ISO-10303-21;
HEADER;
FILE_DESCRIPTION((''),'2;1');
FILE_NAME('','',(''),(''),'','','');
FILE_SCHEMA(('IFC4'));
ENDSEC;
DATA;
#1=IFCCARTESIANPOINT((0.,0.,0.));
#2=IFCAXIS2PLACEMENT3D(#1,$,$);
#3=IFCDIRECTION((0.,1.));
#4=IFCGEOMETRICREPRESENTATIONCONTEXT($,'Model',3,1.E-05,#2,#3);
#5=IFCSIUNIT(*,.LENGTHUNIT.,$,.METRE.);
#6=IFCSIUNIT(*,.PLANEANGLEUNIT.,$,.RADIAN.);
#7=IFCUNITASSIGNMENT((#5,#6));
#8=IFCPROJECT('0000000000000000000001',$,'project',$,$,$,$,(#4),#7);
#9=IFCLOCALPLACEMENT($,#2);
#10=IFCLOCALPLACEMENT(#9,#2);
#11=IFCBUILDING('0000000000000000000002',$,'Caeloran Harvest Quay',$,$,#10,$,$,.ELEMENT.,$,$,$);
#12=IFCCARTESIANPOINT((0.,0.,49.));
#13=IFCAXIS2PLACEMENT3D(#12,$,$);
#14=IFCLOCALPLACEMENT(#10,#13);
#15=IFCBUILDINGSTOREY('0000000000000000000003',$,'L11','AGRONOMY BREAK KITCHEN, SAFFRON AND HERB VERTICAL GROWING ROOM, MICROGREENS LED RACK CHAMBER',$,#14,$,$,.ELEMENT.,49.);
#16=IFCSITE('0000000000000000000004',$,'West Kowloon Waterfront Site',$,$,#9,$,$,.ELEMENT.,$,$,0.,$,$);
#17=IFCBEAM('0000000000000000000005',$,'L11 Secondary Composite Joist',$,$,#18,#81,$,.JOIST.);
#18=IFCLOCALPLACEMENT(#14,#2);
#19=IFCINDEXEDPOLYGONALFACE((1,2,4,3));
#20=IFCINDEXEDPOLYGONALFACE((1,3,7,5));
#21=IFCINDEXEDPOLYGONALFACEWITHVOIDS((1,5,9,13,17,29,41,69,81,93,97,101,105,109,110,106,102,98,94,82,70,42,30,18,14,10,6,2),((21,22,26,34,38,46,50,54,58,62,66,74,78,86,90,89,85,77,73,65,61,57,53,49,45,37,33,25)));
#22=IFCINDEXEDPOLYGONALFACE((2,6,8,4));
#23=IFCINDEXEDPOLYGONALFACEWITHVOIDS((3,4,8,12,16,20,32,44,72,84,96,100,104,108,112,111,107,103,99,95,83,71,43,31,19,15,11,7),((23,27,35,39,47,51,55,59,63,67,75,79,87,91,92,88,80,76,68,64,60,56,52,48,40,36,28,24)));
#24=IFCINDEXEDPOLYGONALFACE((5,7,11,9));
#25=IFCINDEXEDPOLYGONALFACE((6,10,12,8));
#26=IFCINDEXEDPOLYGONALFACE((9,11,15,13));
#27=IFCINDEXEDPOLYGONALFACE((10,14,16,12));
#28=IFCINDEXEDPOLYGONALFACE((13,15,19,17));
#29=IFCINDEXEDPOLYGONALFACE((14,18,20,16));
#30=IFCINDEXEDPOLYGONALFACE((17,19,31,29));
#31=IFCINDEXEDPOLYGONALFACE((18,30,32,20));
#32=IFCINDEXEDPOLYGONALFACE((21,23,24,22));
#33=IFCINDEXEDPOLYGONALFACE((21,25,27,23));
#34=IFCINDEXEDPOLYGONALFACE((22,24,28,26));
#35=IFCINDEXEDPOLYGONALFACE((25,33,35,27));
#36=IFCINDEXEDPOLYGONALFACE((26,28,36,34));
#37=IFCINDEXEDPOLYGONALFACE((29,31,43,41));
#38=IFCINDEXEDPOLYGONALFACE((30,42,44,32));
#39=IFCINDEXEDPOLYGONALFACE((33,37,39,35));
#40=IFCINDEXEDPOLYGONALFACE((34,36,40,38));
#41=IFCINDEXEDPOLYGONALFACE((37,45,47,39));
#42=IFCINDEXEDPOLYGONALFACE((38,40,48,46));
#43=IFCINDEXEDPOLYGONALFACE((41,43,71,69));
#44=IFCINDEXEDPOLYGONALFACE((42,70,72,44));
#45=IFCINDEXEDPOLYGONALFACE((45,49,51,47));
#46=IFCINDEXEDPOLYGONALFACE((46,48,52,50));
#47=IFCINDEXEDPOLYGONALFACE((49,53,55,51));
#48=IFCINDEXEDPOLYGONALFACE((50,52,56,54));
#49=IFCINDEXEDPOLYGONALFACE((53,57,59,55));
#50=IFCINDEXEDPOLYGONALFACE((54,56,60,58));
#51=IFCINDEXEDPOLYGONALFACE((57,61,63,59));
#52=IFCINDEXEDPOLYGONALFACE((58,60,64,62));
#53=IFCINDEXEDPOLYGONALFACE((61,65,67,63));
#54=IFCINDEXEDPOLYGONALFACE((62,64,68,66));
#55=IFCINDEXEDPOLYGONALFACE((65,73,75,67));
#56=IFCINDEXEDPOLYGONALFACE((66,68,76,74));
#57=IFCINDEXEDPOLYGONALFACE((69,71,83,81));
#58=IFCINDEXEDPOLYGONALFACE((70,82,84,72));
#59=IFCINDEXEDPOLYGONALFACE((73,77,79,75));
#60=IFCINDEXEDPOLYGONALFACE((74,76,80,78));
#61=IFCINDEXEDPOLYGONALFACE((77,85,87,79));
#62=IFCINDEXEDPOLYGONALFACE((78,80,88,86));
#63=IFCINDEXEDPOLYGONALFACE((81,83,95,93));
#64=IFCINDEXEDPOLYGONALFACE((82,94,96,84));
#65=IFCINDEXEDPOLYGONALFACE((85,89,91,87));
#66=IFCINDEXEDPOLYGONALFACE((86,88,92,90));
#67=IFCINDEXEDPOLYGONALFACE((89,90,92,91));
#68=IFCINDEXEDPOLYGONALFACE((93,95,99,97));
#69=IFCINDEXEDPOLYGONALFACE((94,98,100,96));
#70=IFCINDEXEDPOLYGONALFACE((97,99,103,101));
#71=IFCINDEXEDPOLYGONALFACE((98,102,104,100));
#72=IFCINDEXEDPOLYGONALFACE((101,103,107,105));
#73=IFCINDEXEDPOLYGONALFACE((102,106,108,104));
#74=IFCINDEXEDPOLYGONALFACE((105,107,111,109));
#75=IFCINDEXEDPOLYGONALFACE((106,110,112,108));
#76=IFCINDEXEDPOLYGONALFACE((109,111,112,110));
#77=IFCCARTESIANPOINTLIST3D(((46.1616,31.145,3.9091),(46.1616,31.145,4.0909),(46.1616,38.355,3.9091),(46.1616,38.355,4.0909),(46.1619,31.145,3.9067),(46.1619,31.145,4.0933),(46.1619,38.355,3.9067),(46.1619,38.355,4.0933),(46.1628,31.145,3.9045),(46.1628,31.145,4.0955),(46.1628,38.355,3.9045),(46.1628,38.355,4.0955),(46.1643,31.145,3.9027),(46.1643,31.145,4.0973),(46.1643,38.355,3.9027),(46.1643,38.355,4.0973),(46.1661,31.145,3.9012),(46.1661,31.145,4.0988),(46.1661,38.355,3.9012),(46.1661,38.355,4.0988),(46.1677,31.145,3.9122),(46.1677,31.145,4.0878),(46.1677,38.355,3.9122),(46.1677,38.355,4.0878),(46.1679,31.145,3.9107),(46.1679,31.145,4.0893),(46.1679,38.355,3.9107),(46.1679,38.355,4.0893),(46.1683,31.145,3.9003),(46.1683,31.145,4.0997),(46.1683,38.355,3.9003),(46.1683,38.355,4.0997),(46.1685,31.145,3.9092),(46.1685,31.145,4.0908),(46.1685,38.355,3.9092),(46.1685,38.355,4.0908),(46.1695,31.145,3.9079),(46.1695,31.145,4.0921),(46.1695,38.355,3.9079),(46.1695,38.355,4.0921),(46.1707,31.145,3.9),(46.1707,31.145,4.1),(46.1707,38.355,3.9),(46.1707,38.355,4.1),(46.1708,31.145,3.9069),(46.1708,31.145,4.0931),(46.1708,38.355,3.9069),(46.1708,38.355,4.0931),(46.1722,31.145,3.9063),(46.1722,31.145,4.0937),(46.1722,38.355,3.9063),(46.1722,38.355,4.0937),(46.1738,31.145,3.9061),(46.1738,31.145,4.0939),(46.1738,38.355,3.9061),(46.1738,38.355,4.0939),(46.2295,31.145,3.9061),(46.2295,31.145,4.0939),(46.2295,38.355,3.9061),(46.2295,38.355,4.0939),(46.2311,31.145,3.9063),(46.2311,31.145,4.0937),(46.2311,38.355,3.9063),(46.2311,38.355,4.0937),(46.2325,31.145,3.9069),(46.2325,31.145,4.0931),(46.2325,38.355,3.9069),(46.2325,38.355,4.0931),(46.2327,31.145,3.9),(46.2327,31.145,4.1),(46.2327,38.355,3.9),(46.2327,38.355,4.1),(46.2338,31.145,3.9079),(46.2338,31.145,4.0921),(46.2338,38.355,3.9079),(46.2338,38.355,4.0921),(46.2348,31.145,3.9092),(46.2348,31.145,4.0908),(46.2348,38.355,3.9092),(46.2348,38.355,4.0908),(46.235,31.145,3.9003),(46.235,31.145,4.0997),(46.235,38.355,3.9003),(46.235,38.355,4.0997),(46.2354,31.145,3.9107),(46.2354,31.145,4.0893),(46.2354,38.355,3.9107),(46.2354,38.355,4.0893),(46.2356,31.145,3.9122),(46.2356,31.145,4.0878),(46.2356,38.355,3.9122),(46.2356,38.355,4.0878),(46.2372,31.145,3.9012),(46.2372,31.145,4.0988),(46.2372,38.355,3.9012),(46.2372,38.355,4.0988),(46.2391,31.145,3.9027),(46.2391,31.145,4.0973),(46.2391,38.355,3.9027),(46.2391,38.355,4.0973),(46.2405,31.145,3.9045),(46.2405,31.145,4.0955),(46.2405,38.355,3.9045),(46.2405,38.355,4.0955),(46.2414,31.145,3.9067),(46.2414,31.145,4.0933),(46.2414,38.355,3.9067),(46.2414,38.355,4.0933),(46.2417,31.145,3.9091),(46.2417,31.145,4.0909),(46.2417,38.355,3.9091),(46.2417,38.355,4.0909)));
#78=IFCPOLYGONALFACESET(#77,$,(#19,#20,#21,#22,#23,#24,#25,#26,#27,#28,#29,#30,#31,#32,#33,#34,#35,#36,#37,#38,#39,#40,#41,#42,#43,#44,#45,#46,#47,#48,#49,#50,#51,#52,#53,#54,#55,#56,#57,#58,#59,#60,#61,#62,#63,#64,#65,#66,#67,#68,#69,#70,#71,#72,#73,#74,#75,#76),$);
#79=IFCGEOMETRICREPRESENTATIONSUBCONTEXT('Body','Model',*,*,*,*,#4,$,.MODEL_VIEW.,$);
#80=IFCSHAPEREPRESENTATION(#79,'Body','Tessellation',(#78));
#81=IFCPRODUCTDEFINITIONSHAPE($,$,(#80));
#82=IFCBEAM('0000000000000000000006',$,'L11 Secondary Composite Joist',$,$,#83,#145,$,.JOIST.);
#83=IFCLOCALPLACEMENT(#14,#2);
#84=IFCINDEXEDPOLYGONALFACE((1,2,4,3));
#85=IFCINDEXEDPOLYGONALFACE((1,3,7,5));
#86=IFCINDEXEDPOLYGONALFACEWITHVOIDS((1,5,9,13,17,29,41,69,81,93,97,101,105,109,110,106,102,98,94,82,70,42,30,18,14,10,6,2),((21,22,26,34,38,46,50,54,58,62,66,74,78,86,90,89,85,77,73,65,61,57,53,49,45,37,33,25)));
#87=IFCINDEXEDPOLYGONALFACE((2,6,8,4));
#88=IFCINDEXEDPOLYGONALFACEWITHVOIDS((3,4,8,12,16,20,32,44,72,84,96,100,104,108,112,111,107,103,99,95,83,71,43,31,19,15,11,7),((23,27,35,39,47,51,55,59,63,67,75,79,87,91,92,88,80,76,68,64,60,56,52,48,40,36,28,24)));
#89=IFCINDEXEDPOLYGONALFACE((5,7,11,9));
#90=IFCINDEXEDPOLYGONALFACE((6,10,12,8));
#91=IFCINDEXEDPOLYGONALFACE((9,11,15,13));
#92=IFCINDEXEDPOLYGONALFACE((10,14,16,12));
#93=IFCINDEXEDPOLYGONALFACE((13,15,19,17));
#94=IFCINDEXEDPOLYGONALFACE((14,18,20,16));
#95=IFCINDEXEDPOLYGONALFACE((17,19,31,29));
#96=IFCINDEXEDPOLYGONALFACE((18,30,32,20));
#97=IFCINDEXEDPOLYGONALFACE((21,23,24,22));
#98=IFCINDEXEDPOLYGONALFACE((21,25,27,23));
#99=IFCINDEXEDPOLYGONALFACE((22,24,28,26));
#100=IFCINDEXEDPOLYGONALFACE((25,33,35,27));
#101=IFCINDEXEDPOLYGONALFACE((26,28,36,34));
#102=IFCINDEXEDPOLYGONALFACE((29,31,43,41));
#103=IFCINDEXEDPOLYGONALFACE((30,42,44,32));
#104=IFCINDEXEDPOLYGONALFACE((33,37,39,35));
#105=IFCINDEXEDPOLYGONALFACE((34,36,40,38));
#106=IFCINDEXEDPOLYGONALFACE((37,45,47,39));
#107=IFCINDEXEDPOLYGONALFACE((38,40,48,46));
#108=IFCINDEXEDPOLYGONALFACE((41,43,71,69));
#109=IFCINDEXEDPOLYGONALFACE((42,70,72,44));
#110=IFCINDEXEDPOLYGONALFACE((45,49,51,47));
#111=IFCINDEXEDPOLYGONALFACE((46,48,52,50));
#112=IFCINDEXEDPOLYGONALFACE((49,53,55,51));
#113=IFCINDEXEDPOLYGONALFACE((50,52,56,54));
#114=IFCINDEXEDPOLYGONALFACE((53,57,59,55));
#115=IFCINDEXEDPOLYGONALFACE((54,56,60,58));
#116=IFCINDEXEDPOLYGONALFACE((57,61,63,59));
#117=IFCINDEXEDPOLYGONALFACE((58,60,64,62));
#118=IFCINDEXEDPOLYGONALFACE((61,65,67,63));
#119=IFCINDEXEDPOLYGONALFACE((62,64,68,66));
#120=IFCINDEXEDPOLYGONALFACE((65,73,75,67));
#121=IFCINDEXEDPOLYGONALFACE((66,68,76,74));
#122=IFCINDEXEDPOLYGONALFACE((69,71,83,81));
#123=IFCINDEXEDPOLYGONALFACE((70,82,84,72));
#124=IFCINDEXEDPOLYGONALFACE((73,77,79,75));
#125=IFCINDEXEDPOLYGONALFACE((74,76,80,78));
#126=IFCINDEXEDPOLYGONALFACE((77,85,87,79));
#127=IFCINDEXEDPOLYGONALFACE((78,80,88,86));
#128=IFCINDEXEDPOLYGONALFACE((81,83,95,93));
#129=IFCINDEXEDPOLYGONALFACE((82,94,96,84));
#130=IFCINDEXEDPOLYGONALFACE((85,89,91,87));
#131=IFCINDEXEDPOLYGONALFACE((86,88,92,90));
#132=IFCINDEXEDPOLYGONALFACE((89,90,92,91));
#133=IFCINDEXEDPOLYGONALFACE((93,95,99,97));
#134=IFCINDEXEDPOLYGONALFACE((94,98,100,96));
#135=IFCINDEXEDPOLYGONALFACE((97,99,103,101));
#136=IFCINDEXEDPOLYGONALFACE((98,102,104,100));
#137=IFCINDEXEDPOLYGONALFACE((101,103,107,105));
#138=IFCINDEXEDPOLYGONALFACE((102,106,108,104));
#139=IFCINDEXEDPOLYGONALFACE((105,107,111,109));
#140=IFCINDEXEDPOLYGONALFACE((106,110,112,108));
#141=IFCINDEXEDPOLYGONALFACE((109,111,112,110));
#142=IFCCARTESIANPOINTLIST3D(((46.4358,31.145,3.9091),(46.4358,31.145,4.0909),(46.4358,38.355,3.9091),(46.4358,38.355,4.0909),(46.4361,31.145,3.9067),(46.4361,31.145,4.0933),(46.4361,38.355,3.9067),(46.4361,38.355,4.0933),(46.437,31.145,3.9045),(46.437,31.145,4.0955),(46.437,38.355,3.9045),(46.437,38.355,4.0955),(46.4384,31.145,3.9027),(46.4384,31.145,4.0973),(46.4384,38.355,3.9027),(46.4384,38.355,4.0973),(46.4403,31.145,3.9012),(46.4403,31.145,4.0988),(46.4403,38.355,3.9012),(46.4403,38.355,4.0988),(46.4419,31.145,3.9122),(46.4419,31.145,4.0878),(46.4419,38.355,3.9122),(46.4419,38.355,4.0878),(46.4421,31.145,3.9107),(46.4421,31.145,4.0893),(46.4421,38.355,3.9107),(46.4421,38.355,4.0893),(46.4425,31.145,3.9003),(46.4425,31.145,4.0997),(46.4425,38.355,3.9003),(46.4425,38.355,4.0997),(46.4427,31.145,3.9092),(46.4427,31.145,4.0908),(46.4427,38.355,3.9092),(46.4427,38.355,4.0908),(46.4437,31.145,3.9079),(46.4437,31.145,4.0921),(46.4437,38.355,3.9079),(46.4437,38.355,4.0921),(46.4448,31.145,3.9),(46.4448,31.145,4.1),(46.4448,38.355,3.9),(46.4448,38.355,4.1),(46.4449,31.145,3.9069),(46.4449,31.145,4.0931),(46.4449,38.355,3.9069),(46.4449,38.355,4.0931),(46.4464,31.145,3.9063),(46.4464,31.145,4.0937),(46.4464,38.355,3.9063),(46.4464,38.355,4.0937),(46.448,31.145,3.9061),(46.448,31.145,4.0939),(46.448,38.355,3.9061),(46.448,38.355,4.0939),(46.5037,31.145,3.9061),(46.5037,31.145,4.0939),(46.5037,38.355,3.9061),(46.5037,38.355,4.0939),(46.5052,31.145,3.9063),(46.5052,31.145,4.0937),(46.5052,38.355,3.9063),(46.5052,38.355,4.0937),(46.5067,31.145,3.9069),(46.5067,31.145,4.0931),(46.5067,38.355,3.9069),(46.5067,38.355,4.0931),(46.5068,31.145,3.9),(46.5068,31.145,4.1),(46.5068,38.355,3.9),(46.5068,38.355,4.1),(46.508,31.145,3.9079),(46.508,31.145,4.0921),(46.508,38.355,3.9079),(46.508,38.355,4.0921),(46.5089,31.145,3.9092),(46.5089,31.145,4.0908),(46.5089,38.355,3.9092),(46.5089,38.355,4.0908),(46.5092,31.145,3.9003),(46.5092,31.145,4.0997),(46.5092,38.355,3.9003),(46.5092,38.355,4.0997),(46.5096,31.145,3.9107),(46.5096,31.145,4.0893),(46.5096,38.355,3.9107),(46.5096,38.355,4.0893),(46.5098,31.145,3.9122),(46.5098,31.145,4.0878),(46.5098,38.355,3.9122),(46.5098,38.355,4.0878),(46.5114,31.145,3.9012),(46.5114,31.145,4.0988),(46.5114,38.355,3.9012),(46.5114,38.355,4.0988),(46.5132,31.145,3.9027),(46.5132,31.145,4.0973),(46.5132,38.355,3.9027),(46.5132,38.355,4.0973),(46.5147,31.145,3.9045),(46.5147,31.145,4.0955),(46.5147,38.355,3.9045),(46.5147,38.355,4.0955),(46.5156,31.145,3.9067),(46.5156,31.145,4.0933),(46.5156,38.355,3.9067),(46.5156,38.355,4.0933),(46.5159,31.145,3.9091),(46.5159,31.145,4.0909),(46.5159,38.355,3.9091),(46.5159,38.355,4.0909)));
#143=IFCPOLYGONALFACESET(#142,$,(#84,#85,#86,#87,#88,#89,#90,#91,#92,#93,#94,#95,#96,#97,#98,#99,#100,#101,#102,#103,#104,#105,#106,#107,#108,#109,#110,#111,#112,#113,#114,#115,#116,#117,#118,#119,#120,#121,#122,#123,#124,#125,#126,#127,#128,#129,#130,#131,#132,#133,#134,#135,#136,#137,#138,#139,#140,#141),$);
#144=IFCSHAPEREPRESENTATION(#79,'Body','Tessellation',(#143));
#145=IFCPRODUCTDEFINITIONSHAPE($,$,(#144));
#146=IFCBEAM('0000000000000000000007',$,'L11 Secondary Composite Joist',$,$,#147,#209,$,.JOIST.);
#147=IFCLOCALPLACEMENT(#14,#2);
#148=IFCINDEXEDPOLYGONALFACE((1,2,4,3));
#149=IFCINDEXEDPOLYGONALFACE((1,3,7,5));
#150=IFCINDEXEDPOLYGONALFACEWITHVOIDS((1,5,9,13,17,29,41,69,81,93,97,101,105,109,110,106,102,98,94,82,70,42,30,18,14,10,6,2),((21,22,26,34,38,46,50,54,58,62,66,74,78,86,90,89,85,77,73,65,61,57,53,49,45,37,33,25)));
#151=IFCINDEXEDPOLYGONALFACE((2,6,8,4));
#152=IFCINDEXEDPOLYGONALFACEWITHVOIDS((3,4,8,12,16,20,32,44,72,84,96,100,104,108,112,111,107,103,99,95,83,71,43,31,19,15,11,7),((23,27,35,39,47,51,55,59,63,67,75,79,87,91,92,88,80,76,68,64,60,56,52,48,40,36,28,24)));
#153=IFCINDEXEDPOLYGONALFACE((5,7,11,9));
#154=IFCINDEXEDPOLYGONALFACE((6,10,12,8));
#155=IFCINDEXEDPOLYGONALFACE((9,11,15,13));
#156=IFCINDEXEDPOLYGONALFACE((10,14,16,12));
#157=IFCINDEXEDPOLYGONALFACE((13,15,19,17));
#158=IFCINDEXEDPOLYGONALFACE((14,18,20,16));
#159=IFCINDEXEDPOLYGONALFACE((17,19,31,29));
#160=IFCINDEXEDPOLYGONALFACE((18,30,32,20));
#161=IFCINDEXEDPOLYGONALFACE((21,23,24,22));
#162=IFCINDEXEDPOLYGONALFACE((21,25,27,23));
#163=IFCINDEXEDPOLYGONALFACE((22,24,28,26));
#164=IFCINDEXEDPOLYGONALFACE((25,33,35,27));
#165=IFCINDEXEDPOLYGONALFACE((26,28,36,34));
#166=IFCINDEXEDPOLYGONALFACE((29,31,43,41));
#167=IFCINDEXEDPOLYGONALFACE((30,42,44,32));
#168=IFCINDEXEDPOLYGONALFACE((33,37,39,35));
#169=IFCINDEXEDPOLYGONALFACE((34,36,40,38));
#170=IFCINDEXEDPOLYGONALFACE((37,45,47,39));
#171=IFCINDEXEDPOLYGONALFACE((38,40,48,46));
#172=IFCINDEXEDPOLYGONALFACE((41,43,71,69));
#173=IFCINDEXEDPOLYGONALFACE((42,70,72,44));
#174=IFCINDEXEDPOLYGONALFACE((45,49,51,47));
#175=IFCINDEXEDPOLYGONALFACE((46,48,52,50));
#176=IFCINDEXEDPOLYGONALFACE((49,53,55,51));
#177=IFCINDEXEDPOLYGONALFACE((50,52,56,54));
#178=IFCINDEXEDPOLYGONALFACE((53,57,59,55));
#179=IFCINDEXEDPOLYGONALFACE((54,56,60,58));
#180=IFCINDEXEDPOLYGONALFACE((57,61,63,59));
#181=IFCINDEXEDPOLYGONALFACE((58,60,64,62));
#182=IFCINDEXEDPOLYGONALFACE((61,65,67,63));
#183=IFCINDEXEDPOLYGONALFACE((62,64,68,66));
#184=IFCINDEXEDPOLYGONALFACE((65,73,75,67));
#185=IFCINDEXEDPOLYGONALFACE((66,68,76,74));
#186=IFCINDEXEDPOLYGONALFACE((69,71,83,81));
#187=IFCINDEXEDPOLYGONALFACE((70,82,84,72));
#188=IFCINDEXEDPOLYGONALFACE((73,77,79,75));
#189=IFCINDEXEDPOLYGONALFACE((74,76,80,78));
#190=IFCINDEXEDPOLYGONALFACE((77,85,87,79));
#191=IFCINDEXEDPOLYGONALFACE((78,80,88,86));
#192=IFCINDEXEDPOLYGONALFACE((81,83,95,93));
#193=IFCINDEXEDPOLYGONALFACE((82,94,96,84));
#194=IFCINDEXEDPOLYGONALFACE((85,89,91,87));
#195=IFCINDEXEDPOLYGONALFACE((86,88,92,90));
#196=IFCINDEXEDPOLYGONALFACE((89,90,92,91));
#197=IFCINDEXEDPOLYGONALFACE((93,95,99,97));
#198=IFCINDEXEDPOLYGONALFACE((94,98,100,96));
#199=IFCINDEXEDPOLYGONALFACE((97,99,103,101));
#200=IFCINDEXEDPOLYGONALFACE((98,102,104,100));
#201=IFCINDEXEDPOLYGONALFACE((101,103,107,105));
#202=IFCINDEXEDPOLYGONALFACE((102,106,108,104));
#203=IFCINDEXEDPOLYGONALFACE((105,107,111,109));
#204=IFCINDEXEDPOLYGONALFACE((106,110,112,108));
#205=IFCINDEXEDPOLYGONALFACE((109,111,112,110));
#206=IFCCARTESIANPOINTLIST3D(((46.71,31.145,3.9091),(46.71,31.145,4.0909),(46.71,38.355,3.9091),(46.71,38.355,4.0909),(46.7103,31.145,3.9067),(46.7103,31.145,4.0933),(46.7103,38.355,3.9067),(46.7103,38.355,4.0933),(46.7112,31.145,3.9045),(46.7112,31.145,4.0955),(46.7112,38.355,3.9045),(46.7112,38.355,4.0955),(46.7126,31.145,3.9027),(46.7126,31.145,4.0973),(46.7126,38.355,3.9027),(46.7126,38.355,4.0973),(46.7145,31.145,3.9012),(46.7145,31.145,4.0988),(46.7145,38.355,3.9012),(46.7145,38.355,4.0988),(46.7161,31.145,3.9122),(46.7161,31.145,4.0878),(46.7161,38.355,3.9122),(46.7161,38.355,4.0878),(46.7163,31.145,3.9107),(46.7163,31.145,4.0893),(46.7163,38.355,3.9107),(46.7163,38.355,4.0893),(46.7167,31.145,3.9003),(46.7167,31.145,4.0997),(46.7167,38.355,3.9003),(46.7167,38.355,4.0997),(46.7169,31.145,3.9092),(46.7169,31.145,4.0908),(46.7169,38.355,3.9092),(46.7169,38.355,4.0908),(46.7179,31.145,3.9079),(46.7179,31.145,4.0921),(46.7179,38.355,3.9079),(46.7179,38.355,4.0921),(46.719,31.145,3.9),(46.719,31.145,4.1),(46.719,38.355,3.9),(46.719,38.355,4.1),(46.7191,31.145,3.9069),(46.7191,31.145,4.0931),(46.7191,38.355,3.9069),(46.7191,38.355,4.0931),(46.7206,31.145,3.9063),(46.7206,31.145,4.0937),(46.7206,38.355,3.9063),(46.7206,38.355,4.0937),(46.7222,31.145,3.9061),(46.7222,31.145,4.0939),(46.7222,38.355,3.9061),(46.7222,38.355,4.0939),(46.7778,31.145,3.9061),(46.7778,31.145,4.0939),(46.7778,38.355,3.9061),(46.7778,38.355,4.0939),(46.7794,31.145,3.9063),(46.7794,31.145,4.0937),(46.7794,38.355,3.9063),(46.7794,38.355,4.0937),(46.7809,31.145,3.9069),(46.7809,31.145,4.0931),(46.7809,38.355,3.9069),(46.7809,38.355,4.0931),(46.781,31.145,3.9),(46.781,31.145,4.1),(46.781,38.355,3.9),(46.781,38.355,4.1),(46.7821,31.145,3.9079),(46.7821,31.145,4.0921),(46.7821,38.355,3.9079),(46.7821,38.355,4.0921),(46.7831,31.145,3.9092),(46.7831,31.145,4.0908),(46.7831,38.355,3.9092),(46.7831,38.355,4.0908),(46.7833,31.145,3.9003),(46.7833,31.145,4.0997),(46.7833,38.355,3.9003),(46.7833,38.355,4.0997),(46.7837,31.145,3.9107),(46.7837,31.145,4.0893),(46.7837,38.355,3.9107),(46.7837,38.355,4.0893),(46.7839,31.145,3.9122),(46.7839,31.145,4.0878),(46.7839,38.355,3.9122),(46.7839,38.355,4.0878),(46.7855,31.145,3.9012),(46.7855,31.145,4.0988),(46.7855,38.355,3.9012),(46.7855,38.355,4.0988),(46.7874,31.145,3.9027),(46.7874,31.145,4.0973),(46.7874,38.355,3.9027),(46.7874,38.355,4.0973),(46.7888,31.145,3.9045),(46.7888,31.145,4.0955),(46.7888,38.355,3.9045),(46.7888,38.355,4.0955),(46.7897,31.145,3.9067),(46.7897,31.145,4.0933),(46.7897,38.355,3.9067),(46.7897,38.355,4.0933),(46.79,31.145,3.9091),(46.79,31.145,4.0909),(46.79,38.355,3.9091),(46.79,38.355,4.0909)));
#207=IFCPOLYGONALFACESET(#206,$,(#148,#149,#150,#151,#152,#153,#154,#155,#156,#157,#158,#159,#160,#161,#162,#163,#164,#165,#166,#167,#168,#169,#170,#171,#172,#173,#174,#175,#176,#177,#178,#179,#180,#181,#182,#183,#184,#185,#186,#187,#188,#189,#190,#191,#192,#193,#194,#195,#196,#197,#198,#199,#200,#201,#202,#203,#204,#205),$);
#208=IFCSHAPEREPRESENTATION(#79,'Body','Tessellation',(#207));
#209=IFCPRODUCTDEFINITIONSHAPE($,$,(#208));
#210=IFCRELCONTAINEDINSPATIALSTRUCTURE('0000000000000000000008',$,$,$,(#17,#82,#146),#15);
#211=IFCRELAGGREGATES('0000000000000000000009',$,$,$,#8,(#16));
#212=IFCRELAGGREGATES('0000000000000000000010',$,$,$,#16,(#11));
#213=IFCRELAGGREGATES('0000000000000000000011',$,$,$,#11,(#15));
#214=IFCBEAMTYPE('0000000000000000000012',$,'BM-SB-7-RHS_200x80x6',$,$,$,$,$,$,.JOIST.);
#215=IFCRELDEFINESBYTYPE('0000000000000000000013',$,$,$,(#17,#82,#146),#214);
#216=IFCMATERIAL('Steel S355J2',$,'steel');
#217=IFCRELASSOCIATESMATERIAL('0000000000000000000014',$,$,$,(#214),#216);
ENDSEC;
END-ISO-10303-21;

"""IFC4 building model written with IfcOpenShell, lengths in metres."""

from ifc_helpers import new_model, si_unit, direction, frame, origin, origin_2d, place, context, subcontext, project, spatial, hollow_rectangle, extrude, material, material_profile, profile_set, type_object, element, save


model = new_model("IFC4")

# Units and contexts
model_context = context("Model", 3, precision=1e-05, world=origin(), true_north=direction((0.0, 1.0)))
body_context = subcontext(model_context, "Body", "Model", "MODEL_VIEW")
ifc_project = project(units=[si_unit("LENGTHUNIT", "METRE"), si_unit("PLANEANGLEUNIT", "RADIAN")], contexts=[model_context])

# Site, building, storey
site_placement = place(None, origin())
site = spatial("IfcSite", under=ifc_project, at=site_placement, Name="West Kowloon Waterfront Site", CompositionType="ELEMENT", RefElevation=0.0)
building_placement = place(site_placement, origin())
building = spatial("IfcBuilding", under=site, at=building_placement, Name="Caeloran Harvest Quay", CompositionType="ELEMENT")
storey_placement = place(building_placement, frame((0.0, 0.0, 49.0)))
storey = spatial("IfcBuildingStorey", under=building, at=storey_placement, Name="L11", Description="AGRONOMY BREAK KITCHEN, SAFFRON AND HERB VERTICAL GROWING ROOM, MICROGREENS LED RACK CHAMBER", CompositionType="ELEMENT", Elevation=49.0)

# Beams
ifc_material_1 = material(Name="Steel S355J2", Category="steel")
ifc_material_profile_1 = material_profile(ifc_material_1, hollow_rectangle(XDim=0.0801, YDim=0.2, WallThickness=0.0061, InnerFilletRadius=0.0061, OuterFilletRadius=0.009, at=origin_2d()), Name="RHS 200x80x6")
ifc_profile_set_1 = profile_set([ifc_material_profile_1], Name="Steel S355J2")
beam_type_1 = type_object("IfcBeamType", Name="BM-SB-7-RHS_200x80x6", PredefinedType="JOIST", material=ifc_profile_set_1)
for number, where, z_axis, x_axis, name in (
    (1, (46.2017, 31.145, 4.0), (0.0, 1.0, 0.0), (-1.0, 0.0, 0.0), "L11 Secondary Composite Joist"),
    (2, (46.4758, 31.145, 4.0), (0.0, 1.0, 0.0), (-1.0, 0.0, 0.0), "L11 Secondary Composite Joist"),
    (3, (46.75, 31.145, 4.0), (0.0, 1.0, 0.0), (-1.0, 0.0, 0.0), "L11 Secondary Composite Joist"),
):
    element("IfcBeam", number, at=place(storey_placement, frame(where, z_axis=z_axis, x_axis=x_axis)), inside=storey, type_object=beam_type_1, Name=name, PredefinedType="JOIST", context=body_context, shape_type="SweptSolid", body=[
        extrude(hollow_rectangle(XDim=0.0801, YDim=0.2, WallThickness=0.0061, InnerFilletRadius=0.0061, OuterFilletRadius=0.009, at=origin_2d()), origin(), (0.0, 0.0, 1.0), 7.21),
    ])

save(model, "model.ifc")
